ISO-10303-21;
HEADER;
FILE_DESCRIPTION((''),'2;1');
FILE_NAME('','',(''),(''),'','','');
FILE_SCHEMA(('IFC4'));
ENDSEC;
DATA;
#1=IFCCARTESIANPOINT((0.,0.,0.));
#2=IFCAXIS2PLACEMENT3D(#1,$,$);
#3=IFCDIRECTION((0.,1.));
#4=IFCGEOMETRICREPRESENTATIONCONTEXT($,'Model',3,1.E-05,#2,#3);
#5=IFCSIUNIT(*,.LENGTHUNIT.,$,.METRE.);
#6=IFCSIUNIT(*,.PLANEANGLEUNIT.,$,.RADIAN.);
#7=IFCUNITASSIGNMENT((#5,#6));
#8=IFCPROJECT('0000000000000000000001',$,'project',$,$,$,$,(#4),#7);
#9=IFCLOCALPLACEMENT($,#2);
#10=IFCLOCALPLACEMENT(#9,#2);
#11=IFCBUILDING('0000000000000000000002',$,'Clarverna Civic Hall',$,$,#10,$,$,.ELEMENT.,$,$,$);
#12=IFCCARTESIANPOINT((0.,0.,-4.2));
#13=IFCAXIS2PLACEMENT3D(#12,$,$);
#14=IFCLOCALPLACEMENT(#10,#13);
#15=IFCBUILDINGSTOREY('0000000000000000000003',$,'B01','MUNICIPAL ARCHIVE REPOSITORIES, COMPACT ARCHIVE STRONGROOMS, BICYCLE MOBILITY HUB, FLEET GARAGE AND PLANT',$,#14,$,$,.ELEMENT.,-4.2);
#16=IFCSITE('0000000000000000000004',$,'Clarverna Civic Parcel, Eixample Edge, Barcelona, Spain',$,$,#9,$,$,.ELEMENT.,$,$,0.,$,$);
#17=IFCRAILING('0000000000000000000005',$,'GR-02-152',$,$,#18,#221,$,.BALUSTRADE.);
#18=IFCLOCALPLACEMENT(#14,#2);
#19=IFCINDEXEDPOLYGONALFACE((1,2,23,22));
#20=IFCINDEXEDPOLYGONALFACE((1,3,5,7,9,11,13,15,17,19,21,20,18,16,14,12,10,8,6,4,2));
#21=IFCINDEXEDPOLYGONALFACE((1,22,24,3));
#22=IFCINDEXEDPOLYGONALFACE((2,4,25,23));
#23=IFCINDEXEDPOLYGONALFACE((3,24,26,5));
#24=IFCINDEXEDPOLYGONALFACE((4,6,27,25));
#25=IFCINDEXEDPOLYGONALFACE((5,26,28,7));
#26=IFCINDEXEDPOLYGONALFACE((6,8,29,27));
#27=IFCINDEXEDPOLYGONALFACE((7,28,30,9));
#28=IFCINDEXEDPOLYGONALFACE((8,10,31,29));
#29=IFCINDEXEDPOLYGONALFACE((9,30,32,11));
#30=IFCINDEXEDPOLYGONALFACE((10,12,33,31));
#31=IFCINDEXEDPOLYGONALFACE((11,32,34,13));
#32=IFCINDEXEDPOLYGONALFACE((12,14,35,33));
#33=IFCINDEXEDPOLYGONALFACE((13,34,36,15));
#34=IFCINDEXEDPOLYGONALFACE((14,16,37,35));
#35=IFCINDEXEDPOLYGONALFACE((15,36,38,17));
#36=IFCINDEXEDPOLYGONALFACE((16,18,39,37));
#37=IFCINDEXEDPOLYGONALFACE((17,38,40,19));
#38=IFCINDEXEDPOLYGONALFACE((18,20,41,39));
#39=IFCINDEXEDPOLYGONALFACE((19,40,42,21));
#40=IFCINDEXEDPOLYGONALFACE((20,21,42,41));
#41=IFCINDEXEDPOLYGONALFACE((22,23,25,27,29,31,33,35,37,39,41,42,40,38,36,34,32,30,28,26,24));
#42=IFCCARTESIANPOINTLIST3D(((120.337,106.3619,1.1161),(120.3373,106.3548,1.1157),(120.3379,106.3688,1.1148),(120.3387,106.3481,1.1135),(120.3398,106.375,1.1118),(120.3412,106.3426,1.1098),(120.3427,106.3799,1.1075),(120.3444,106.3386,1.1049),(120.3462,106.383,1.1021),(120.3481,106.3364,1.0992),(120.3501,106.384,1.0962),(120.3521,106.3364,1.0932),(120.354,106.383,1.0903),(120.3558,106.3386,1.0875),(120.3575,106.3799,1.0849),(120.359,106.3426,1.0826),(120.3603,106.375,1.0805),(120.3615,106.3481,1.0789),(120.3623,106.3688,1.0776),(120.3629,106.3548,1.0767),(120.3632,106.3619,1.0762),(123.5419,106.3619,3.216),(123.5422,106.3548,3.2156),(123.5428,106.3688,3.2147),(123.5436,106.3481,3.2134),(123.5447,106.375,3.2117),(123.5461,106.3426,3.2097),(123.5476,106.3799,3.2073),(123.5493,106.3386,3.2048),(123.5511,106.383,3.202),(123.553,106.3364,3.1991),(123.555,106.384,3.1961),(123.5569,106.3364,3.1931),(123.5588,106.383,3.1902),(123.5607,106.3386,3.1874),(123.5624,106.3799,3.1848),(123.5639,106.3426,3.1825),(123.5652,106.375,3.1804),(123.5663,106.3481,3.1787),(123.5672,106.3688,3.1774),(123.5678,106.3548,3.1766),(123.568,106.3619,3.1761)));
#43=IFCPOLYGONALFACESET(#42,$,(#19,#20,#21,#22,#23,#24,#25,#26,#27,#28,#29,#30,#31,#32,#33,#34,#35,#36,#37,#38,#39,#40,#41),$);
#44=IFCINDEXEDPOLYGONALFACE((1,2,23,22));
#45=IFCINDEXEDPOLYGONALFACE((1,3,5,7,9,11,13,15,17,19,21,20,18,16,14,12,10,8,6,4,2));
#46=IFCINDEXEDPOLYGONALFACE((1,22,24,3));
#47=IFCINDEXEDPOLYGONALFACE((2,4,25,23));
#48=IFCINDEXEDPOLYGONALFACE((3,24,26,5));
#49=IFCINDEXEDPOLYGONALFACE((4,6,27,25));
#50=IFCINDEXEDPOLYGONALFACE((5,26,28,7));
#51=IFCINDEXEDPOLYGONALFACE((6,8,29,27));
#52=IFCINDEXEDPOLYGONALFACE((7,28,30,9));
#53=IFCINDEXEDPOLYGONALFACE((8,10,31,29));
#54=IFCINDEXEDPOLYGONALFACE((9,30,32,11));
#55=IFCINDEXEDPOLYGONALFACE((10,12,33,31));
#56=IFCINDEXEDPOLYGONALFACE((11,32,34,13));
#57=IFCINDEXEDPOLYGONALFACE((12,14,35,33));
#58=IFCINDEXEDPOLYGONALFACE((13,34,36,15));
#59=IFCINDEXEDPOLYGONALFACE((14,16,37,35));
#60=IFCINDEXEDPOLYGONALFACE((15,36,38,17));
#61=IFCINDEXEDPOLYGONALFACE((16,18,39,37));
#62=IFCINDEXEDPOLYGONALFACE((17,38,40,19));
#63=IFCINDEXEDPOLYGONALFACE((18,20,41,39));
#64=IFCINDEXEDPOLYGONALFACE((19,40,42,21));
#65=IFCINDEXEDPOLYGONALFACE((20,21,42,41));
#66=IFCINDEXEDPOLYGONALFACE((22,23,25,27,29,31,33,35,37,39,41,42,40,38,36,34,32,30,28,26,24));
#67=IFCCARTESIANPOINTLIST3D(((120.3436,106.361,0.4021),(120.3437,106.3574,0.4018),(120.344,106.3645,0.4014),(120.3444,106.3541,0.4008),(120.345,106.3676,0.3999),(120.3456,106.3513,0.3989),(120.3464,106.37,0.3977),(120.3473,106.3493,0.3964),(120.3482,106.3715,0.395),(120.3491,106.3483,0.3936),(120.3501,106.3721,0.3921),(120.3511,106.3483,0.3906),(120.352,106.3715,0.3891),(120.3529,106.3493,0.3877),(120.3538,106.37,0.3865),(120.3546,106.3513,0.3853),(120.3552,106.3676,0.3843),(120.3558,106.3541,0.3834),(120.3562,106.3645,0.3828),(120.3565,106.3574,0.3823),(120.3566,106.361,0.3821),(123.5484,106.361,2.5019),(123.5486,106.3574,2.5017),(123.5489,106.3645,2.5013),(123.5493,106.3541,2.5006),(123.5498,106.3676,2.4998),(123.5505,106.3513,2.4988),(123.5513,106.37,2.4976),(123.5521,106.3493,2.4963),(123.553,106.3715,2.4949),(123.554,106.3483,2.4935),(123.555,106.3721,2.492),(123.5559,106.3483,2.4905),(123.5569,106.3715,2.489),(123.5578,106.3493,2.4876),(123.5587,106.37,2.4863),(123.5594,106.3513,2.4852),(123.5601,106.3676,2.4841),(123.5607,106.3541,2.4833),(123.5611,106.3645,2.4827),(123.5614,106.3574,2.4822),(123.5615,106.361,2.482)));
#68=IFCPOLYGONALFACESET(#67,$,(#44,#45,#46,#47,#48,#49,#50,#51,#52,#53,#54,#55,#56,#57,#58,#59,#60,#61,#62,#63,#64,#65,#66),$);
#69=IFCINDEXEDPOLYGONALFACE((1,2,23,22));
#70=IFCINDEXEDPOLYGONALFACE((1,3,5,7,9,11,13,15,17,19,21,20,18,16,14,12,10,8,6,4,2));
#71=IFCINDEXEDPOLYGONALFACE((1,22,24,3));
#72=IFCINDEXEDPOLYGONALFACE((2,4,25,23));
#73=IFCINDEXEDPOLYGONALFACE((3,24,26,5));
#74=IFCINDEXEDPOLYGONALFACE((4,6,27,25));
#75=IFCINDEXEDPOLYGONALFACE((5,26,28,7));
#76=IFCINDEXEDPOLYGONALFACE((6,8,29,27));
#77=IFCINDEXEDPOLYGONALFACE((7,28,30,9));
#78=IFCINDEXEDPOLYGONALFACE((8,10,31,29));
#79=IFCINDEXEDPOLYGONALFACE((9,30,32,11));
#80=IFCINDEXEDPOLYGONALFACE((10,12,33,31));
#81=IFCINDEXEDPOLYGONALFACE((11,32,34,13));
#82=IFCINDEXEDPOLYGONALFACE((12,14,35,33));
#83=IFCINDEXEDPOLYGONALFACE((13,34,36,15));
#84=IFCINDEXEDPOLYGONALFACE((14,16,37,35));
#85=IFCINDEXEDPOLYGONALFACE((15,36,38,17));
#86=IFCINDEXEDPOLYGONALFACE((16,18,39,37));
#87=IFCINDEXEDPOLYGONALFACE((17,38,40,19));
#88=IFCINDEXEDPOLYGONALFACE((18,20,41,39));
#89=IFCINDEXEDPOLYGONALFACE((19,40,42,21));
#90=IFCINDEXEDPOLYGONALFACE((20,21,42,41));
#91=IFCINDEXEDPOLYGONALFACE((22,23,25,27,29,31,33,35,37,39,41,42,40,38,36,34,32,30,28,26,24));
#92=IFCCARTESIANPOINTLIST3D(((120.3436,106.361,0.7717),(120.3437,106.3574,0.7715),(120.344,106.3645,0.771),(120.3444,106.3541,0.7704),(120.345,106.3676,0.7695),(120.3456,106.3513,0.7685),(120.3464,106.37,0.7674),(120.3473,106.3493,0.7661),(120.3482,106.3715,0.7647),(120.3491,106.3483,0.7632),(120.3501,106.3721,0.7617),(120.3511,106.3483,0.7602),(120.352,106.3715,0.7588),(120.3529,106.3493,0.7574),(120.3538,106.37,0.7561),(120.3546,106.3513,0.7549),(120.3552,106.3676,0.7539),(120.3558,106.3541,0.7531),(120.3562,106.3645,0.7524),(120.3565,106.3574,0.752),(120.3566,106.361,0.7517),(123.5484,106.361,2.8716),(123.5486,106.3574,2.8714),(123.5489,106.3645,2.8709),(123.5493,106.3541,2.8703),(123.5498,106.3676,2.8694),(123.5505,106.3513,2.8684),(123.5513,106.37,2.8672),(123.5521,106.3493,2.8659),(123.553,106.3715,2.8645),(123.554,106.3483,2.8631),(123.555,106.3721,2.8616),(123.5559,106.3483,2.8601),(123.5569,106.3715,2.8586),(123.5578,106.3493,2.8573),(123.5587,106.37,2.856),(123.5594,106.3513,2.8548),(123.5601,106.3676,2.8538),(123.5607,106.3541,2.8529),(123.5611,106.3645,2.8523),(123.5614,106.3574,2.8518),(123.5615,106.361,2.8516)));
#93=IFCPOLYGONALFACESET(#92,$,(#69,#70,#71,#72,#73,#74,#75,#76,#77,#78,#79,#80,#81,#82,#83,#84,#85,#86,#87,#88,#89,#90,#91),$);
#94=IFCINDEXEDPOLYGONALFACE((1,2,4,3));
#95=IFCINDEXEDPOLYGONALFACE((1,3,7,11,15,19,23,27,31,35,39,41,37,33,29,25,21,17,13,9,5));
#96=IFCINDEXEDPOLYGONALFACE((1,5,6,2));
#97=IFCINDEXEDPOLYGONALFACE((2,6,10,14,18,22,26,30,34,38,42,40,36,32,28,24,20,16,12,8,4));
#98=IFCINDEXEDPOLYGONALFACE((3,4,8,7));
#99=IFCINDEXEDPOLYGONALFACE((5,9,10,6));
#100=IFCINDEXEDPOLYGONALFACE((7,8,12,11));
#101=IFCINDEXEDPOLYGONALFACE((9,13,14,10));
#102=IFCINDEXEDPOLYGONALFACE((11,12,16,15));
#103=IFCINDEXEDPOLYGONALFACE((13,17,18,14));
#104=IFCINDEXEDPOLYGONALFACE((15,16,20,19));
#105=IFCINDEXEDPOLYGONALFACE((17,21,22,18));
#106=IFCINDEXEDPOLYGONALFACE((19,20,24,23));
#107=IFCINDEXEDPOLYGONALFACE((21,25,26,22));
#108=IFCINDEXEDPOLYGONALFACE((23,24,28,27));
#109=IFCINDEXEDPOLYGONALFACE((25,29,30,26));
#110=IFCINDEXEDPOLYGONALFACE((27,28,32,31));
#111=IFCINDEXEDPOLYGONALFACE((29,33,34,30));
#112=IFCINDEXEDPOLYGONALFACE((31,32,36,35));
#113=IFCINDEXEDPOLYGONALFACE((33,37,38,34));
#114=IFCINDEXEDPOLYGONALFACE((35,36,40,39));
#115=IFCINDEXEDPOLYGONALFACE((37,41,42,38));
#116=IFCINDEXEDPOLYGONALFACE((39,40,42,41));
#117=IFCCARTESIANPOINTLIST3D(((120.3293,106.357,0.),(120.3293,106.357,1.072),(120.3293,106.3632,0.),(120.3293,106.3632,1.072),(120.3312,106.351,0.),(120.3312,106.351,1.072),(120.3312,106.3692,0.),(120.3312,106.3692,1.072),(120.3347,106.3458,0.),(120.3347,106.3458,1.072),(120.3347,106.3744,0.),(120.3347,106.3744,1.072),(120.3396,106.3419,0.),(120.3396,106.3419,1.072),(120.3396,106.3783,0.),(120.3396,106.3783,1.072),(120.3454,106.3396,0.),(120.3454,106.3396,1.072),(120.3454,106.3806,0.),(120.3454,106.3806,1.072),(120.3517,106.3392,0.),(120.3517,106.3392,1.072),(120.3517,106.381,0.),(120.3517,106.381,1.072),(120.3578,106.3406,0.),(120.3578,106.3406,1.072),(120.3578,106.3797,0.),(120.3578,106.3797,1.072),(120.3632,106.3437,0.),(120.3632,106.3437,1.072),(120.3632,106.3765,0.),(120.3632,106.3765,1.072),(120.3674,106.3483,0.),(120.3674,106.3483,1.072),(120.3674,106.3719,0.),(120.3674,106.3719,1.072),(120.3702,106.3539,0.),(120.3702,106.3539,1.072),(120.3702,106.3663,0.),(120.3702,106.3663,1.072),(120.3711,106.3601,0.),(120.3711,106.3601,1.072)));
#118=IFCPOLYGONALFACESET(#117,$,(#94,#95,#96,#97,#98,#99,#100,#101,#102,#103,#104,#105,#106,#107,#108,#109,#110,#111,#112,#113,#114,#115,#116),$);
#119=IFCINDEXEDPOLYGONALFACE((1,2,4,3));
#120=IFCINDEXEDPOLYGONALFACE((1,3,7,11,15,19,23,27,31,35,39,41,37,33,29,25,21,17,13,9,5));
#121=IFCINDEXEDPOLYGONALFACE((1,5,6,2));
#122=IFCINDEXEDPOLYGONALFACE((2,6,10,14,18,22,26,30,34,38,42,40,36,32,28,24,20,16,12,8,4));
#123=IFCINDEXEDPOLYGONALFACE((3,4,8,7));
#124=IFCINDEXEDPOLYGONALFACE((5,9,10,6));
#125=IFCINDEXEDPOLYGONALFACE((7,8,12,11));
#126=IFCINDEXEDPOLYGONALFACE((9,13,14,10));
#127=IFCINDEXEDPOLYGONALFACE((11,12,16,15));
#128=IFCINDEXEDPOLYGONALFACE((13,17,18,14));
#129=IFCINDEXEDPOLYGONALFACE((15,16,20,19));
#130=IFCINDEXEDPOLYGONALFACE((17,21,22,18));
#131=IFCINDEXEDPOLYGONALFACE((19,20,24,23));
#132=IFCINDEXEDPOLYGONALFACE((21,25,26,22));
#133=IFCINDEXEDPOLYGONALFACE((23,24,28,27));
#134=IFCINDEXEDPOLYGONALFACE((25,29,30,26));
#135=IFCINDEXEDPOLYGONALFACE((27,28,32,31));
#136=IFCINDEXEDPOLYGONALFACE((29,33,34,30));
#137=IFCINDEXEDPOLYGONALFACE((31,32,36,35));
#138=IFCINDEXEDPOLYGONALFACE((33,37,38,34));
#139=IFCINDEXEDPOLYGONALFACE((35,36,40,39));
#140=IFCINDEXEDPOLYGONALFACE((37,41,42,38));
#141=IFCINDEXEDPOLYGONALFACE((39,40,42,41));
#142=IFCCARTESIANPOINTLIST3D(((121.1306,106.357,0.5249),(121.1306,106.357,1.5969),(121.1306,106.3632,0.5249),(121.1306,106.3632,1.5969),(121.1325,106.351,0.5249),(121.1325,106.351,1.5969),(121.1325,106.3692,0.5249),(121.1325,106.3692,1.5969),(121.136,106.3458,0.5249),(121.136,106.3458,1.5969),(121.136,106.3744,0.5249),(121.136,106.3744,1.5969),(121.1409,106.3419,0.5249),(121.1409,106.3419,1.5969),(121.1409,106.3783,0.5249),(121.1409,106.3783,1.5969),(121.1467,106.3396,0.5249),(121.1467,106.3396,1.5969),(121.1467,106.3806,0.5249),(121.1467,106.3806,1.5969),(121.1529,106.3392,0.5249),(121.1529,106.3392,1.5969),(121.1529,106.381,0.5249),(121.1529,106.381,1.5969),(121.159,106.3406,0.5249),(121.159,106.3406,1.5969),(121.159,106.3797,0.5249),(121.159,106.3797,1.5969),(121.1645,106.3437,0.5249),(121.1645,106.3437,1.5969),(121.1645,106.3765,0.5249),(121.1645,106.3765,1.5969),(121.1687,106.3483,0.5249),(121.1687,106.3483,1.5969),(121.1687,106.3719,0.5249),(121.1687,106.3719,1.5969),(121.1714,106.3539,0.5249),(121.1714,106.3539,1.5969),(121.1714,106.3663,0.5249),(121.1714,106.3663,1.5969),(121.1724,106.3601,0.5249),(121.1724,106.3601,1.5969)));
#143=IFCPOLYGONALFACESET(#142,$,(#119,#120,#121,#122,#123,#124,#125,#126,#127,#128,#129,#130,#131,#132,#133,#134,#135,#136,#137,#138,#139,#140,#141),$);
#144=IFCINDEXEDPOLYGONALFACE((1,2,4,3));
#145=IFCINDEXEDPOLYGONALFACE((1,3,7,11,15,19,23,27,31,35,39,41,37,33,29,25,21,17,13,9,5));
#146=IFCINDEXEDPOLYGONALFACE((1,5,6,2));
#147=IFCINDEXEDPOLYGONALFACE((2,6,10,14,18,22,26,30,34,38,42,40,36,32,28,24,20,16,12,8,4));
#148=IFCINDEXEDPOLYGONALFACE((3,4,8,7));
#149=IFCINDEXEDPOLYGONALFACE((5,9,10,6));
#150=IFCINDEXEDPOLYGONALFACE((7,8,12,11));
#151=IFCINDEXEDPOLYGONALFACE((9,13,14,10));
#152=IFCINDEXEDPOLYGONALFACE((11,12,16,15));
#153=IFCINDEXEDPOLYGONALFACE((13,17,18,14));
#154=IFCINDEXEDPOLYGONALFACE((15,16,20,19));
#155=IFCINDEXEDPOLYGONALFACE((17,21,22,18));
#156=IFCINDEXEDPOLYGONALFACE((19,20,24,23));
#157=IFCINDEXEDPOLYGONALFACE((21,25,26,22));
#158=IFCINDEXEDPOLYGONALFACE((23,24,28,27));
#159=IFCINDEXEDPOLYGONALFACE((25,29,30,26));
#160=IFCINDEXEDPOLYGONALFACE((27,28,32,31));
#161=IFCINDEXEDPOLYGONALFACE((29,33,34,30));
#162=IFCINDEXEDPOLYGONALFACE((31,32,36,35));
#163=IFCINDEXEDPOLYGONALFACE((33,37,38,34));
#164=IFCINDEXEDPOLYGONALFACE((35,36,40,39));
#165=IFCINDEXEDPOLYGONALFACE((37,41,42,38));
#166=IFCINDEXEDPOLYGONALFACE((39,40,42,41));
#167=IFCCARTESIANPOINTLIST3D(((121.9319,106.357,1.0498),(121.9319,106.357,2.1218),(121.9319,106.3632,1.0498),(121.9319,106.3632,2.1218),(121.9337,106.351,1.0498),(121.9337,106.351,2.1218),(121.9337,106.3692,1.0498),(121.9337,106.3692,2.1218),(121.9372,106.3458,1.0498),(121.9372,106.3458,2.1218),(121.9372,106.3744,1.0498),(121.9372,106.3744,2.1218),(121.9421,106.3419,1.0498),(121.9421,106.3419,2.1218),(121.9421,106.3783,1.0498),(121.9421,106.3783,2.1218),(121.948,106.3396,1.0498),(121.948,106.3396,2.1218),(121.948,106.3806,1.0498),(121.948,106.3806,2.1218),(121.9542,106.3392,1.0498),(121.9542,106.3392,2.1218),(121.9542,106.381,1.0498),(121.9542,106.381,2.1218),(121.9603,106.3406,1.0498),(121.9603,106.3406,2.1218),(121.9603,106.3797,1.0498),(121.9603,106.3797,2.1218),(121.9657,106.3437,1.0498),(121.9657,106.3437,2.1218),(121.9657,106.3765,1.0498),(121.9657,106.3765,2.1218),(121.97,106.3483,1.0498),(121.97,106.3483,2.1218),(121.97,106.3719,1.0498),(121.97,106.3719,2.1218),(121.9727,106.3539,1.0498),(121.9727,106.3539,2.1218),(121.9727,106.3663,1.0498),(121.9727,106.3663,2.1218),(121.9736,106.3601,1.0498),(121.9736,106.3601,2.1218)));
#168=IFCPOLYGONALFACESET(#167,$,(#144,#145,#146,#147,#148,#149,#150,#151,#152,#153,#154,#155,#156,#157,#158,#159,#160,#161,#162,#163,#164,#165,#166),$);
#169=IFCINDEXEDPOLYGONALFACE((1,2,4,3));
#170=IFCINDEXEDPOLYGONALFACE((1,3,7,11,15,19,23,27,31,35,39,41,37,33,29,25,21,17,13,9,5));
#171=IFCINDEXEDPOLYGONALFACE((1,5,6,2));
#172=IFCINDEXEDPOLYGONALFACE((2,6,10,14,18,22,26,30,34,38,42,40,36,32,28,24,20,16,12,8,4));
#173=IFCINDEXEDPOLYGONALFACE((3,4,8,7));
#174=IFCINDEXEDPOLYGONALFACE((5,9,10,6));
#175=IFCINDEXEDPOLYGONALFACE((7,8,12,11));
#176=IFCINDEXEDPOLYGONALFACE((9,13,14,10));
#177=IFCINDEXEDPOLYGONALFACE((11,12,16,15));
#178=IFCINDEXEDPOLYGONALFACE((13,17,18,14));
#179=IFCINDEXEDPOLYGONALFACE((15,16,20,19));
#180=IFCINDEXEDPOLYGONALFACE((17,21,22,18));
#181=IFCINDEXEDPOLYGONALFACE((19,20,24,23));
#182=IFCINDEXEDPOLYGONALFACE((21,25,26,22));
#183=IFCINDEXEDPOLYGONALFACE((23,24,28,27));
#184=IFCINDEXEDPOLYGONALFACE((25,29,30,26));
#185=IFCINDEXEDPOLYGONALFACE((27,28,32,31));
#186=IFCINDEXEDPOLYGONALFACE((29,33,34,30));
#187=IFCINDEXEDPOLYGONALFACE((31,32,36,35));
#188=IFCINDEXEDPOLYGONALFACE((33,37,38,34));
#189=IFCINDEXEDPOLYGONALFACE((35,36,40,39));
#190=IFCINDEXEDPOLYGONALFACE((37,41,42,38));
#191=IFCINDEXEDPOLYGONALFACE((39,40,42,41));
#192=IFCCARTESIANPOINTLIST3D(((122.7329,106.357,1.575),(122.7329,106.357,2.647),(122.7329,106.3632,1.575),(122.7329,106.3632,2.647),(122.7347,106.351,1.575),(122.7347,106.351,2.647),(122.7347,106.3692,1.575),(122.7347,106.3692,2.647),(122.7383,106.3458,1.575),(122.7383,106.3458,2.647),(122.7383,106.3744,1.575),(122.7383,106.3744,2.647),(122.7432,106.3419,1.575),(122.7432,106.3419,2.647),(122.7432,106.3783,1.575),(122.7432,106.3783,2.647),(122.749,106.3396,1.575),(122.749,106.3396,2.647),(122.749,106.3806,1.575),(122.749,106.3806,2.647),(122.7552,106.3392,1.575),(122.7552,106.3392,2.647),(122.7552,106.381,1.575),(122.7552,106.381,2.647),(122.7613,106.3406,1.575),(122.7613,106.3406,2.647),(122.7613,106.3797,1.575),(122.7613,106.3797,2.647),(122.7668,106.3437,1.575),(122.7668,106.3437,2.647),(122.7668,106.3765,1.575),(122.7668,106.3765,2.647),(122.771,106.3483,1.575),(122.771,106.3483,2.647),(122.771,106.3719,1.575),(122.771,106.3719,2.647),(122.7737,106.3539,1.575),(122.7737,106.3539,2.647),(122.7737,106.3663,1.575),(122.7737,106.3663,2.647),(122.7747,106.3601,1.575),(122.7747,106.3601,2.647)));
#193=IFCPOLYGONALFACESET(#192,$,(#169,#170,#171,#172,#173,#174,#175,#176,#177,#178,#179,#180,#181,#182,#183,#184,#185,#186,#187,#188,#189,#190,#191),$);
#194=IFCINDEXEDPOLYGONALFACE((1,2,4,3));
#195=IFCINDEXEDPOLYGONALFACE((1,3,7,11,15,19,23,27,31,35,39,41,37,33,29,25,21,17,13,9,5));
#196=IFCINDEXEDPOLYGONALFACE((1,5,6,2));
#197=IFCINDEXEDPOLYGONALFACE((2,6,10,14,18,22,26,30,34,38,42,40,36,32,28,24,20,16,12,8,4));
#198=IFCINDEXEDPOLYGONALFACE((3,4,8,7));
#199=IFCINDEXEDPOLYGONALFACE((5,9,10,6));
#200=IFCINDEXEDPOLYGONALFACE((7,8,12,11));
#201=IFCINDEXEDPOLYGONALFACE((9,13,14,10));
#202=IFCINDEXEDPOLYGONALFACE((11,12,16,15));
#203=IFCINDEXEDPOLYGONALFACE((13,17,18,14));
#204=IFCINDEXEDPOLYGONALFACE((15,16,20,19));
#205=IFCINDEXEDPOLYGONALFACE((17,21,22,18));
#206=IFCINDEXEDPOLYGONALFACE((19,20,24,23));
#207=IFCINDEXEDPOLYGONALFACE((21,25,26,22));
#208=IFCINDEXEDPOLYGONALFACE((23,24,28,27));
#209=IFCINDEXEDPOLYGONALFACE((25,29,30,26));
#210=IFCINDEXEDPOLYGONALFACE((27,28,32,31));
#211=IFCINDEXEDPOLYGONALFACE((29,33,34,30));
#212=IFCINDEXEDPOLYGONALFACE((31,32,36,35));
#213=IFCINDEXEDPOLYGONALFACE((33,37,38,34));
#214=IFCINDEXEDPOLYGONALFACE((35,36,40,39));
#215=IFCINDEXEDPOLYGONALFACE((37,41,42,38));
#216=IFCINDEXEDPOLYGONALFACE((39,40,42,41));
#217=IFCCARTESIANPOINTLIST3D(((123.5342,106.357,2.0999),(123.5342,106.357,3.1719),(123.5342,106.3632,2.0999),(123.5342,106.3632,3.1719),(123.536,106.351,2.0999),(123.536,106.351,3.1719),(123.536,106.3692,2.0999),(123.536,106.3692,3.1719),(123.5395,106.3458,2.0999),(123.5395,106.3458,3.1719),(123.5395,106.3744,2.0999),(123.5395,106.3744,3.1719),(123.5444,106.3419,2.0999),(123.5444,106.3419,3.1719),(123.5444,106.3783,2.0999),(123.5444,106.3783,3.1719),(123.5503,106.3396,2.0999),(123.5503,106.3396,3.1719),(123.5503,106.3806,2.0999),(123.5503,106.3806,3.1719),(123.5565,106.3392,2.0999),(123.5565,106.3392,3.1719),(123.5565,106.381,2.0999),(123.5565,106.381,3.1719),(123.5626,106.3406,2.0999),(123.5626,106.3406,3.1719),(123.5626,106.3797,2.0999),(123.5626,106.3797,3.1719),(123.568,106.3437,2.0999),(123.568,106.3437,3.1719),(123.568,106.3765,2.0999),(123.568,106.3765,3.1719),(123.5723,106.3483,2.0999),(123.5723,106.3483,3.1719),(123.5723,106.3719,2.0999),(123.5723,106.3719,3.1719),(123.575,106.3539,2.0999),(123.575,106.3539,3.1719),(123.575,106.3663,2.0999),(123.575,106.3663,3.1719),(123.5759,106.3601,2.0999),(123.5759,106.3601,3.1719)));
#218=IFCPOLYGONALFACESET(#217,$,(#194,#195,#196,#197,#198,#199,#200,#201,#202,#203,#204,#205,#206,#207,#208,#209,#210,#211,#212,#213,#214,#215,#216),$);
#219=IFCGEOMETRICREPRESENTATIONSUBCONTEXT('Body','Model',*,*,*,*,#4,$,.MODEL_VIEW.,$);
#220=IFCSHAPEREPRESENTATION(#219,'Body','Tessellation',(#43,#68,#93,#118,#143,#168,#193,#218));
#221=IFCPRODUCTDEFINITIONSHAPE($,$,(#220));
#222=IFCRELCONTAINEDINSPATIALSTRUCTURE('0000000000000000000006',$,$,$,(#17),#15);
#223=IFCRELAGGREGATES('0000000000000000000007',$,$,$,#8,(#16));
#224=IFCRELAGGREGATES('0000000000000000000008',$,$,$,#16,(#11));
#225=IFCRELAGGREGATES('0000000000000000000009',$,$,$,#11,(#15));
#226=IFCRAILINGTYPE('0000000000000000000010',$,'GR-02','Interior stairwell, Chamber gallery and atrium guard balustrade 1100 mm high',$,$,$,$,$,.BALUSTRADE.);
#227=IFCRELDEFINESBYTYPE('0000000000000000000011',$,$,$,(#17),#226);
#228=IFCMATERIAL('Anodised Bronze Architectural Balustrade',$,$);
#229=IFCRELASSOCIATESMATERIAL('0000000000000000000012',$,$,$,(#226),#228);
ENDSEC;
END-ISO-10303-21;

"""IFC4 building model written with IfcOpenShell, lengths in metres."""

from ifc_helpers import new_model, si_unit, direction, frame, origin, origin_2d, place, context, subcontext, project, spatial, circle, extrude, material, type_object, element, save


model = new_model("IFC4")

# Units and contexts
model_context = context("Model", 3, precision=1e-05, world=origin(), true_north=direction((0.0, 1.0)))
body_context = subcontext(model_context, "Body", "Model", "MODEL_VIEW")
ifc_project = project(units=[si_unit("LENGTHUNIT", "METRE"), si_unit("PLANEANGLEUNIT", "RADIAN")], contexts=[model_context])

# Site, building, storey
site_placement = place(None, origin())
site = spatial("IfcSite", under=ifc_project, at=site_placement, Name="Clarverna Civic Parcel, Eixample Edge, Barcelona, Spain", CompositionType="ELEMENT", RefElevation=0.0)
building_placement = place(site_placement, origin())
building = spatial("IfcBuilding", under=site, at=building_placement, Name="Clarverna Civic Hall", CompositionType="ELEMENT")
storey_placement = place(building_placement, frame((0.0, 0.0, -4.2)))
storey = spatial("IfcBuildingStorey", under=building, at=storey_placement, Name="B01", Description="MUNICIPAL ARCHIVE REPOSITORIES, COMPACT ARCHIVE STRONGROOMS, BICYCLE MOBILITY HUB, FLEET GARAGE AND PLANT", CompositionType="ELEMENT", Elevation=-4.2)

# Railing
ifc_material_1 = material(Name="Anodised Bronze Architectural Balustrade")
railing_type_1 = type_object("IfcRailingType", Name="GR-02", Description="Interior stairwell, Chamber gallery and atrium guard balustrade 1100 mm high", PredefinedType="BALUSTRADE", material=ifc_material_1)
railing_1_placement = place(storey_placement, frame((120.3501, 106.3601, 0.0)))
element("IfcRailing", 1, at=railing_1_placement, inside=storey, type_object=railing_type_1, Name="GR-02-152", PredefinedType="BALUSTRADE", context=body_context, shape_type="SweptSolid", body=[
    extrude(circle(Radius=0.0239, at=origin_2d()), frame((0.0, 0.0, 1.0962), z_axis=(0.836445, 0.0, 0.548051), x_axis=(0.0, 1.0, 0.0)), (0.0, 0.0, 1.0), 3.8315),
    extrude(circle(Radius=0.012, at=origin_2d()), frame((0.0, 0.0, 0.3921), z_axis=(0.836445, 0.0, 0.548051), x_axis=(0.0, 1.0, 0.0)), (0.0, 0.0, 1.0), 3.8315),
    extrude(circle(Radius=0.012, at=origin_2d()), frame((0.0, 0.0, 0.7617), z_axis=(0.836445, 0.0, 0.548051), x_axis=(0.0, 1.0, 0.0)), (0.0, 0.0, 1.0), 3.8315),
    extrude(circle(Radius=0.021, at=origin_2d()), origin(), (0.0, 0.0, 1.0), 1.072),
    extrude(circle(Radius=0.021, at=origin_2d()), frame((0.8013, 0.0, 0.5249)), (0.0, 0.0, 1.0), 1.072),
    extrude(circle(Radius=0.021, at=origin_2d()), frame((1.6025, 0.0, 1.0498)), (0.0, 0.0, 1.0), 1.072),
    extrude(circle(Radius=0.021, at=origin_2d()), frame((2.4036, 0.0, 1.575)), (0.0, 0.0, 1.0), 1.072),
    extrude(circle(Radius=0.021, at=origin_2d()), frame((3.2048, 0.0, 2.0999)), (0.0, 0.0, 1.0), 1.072),
])

save(model, "model.ifc")
